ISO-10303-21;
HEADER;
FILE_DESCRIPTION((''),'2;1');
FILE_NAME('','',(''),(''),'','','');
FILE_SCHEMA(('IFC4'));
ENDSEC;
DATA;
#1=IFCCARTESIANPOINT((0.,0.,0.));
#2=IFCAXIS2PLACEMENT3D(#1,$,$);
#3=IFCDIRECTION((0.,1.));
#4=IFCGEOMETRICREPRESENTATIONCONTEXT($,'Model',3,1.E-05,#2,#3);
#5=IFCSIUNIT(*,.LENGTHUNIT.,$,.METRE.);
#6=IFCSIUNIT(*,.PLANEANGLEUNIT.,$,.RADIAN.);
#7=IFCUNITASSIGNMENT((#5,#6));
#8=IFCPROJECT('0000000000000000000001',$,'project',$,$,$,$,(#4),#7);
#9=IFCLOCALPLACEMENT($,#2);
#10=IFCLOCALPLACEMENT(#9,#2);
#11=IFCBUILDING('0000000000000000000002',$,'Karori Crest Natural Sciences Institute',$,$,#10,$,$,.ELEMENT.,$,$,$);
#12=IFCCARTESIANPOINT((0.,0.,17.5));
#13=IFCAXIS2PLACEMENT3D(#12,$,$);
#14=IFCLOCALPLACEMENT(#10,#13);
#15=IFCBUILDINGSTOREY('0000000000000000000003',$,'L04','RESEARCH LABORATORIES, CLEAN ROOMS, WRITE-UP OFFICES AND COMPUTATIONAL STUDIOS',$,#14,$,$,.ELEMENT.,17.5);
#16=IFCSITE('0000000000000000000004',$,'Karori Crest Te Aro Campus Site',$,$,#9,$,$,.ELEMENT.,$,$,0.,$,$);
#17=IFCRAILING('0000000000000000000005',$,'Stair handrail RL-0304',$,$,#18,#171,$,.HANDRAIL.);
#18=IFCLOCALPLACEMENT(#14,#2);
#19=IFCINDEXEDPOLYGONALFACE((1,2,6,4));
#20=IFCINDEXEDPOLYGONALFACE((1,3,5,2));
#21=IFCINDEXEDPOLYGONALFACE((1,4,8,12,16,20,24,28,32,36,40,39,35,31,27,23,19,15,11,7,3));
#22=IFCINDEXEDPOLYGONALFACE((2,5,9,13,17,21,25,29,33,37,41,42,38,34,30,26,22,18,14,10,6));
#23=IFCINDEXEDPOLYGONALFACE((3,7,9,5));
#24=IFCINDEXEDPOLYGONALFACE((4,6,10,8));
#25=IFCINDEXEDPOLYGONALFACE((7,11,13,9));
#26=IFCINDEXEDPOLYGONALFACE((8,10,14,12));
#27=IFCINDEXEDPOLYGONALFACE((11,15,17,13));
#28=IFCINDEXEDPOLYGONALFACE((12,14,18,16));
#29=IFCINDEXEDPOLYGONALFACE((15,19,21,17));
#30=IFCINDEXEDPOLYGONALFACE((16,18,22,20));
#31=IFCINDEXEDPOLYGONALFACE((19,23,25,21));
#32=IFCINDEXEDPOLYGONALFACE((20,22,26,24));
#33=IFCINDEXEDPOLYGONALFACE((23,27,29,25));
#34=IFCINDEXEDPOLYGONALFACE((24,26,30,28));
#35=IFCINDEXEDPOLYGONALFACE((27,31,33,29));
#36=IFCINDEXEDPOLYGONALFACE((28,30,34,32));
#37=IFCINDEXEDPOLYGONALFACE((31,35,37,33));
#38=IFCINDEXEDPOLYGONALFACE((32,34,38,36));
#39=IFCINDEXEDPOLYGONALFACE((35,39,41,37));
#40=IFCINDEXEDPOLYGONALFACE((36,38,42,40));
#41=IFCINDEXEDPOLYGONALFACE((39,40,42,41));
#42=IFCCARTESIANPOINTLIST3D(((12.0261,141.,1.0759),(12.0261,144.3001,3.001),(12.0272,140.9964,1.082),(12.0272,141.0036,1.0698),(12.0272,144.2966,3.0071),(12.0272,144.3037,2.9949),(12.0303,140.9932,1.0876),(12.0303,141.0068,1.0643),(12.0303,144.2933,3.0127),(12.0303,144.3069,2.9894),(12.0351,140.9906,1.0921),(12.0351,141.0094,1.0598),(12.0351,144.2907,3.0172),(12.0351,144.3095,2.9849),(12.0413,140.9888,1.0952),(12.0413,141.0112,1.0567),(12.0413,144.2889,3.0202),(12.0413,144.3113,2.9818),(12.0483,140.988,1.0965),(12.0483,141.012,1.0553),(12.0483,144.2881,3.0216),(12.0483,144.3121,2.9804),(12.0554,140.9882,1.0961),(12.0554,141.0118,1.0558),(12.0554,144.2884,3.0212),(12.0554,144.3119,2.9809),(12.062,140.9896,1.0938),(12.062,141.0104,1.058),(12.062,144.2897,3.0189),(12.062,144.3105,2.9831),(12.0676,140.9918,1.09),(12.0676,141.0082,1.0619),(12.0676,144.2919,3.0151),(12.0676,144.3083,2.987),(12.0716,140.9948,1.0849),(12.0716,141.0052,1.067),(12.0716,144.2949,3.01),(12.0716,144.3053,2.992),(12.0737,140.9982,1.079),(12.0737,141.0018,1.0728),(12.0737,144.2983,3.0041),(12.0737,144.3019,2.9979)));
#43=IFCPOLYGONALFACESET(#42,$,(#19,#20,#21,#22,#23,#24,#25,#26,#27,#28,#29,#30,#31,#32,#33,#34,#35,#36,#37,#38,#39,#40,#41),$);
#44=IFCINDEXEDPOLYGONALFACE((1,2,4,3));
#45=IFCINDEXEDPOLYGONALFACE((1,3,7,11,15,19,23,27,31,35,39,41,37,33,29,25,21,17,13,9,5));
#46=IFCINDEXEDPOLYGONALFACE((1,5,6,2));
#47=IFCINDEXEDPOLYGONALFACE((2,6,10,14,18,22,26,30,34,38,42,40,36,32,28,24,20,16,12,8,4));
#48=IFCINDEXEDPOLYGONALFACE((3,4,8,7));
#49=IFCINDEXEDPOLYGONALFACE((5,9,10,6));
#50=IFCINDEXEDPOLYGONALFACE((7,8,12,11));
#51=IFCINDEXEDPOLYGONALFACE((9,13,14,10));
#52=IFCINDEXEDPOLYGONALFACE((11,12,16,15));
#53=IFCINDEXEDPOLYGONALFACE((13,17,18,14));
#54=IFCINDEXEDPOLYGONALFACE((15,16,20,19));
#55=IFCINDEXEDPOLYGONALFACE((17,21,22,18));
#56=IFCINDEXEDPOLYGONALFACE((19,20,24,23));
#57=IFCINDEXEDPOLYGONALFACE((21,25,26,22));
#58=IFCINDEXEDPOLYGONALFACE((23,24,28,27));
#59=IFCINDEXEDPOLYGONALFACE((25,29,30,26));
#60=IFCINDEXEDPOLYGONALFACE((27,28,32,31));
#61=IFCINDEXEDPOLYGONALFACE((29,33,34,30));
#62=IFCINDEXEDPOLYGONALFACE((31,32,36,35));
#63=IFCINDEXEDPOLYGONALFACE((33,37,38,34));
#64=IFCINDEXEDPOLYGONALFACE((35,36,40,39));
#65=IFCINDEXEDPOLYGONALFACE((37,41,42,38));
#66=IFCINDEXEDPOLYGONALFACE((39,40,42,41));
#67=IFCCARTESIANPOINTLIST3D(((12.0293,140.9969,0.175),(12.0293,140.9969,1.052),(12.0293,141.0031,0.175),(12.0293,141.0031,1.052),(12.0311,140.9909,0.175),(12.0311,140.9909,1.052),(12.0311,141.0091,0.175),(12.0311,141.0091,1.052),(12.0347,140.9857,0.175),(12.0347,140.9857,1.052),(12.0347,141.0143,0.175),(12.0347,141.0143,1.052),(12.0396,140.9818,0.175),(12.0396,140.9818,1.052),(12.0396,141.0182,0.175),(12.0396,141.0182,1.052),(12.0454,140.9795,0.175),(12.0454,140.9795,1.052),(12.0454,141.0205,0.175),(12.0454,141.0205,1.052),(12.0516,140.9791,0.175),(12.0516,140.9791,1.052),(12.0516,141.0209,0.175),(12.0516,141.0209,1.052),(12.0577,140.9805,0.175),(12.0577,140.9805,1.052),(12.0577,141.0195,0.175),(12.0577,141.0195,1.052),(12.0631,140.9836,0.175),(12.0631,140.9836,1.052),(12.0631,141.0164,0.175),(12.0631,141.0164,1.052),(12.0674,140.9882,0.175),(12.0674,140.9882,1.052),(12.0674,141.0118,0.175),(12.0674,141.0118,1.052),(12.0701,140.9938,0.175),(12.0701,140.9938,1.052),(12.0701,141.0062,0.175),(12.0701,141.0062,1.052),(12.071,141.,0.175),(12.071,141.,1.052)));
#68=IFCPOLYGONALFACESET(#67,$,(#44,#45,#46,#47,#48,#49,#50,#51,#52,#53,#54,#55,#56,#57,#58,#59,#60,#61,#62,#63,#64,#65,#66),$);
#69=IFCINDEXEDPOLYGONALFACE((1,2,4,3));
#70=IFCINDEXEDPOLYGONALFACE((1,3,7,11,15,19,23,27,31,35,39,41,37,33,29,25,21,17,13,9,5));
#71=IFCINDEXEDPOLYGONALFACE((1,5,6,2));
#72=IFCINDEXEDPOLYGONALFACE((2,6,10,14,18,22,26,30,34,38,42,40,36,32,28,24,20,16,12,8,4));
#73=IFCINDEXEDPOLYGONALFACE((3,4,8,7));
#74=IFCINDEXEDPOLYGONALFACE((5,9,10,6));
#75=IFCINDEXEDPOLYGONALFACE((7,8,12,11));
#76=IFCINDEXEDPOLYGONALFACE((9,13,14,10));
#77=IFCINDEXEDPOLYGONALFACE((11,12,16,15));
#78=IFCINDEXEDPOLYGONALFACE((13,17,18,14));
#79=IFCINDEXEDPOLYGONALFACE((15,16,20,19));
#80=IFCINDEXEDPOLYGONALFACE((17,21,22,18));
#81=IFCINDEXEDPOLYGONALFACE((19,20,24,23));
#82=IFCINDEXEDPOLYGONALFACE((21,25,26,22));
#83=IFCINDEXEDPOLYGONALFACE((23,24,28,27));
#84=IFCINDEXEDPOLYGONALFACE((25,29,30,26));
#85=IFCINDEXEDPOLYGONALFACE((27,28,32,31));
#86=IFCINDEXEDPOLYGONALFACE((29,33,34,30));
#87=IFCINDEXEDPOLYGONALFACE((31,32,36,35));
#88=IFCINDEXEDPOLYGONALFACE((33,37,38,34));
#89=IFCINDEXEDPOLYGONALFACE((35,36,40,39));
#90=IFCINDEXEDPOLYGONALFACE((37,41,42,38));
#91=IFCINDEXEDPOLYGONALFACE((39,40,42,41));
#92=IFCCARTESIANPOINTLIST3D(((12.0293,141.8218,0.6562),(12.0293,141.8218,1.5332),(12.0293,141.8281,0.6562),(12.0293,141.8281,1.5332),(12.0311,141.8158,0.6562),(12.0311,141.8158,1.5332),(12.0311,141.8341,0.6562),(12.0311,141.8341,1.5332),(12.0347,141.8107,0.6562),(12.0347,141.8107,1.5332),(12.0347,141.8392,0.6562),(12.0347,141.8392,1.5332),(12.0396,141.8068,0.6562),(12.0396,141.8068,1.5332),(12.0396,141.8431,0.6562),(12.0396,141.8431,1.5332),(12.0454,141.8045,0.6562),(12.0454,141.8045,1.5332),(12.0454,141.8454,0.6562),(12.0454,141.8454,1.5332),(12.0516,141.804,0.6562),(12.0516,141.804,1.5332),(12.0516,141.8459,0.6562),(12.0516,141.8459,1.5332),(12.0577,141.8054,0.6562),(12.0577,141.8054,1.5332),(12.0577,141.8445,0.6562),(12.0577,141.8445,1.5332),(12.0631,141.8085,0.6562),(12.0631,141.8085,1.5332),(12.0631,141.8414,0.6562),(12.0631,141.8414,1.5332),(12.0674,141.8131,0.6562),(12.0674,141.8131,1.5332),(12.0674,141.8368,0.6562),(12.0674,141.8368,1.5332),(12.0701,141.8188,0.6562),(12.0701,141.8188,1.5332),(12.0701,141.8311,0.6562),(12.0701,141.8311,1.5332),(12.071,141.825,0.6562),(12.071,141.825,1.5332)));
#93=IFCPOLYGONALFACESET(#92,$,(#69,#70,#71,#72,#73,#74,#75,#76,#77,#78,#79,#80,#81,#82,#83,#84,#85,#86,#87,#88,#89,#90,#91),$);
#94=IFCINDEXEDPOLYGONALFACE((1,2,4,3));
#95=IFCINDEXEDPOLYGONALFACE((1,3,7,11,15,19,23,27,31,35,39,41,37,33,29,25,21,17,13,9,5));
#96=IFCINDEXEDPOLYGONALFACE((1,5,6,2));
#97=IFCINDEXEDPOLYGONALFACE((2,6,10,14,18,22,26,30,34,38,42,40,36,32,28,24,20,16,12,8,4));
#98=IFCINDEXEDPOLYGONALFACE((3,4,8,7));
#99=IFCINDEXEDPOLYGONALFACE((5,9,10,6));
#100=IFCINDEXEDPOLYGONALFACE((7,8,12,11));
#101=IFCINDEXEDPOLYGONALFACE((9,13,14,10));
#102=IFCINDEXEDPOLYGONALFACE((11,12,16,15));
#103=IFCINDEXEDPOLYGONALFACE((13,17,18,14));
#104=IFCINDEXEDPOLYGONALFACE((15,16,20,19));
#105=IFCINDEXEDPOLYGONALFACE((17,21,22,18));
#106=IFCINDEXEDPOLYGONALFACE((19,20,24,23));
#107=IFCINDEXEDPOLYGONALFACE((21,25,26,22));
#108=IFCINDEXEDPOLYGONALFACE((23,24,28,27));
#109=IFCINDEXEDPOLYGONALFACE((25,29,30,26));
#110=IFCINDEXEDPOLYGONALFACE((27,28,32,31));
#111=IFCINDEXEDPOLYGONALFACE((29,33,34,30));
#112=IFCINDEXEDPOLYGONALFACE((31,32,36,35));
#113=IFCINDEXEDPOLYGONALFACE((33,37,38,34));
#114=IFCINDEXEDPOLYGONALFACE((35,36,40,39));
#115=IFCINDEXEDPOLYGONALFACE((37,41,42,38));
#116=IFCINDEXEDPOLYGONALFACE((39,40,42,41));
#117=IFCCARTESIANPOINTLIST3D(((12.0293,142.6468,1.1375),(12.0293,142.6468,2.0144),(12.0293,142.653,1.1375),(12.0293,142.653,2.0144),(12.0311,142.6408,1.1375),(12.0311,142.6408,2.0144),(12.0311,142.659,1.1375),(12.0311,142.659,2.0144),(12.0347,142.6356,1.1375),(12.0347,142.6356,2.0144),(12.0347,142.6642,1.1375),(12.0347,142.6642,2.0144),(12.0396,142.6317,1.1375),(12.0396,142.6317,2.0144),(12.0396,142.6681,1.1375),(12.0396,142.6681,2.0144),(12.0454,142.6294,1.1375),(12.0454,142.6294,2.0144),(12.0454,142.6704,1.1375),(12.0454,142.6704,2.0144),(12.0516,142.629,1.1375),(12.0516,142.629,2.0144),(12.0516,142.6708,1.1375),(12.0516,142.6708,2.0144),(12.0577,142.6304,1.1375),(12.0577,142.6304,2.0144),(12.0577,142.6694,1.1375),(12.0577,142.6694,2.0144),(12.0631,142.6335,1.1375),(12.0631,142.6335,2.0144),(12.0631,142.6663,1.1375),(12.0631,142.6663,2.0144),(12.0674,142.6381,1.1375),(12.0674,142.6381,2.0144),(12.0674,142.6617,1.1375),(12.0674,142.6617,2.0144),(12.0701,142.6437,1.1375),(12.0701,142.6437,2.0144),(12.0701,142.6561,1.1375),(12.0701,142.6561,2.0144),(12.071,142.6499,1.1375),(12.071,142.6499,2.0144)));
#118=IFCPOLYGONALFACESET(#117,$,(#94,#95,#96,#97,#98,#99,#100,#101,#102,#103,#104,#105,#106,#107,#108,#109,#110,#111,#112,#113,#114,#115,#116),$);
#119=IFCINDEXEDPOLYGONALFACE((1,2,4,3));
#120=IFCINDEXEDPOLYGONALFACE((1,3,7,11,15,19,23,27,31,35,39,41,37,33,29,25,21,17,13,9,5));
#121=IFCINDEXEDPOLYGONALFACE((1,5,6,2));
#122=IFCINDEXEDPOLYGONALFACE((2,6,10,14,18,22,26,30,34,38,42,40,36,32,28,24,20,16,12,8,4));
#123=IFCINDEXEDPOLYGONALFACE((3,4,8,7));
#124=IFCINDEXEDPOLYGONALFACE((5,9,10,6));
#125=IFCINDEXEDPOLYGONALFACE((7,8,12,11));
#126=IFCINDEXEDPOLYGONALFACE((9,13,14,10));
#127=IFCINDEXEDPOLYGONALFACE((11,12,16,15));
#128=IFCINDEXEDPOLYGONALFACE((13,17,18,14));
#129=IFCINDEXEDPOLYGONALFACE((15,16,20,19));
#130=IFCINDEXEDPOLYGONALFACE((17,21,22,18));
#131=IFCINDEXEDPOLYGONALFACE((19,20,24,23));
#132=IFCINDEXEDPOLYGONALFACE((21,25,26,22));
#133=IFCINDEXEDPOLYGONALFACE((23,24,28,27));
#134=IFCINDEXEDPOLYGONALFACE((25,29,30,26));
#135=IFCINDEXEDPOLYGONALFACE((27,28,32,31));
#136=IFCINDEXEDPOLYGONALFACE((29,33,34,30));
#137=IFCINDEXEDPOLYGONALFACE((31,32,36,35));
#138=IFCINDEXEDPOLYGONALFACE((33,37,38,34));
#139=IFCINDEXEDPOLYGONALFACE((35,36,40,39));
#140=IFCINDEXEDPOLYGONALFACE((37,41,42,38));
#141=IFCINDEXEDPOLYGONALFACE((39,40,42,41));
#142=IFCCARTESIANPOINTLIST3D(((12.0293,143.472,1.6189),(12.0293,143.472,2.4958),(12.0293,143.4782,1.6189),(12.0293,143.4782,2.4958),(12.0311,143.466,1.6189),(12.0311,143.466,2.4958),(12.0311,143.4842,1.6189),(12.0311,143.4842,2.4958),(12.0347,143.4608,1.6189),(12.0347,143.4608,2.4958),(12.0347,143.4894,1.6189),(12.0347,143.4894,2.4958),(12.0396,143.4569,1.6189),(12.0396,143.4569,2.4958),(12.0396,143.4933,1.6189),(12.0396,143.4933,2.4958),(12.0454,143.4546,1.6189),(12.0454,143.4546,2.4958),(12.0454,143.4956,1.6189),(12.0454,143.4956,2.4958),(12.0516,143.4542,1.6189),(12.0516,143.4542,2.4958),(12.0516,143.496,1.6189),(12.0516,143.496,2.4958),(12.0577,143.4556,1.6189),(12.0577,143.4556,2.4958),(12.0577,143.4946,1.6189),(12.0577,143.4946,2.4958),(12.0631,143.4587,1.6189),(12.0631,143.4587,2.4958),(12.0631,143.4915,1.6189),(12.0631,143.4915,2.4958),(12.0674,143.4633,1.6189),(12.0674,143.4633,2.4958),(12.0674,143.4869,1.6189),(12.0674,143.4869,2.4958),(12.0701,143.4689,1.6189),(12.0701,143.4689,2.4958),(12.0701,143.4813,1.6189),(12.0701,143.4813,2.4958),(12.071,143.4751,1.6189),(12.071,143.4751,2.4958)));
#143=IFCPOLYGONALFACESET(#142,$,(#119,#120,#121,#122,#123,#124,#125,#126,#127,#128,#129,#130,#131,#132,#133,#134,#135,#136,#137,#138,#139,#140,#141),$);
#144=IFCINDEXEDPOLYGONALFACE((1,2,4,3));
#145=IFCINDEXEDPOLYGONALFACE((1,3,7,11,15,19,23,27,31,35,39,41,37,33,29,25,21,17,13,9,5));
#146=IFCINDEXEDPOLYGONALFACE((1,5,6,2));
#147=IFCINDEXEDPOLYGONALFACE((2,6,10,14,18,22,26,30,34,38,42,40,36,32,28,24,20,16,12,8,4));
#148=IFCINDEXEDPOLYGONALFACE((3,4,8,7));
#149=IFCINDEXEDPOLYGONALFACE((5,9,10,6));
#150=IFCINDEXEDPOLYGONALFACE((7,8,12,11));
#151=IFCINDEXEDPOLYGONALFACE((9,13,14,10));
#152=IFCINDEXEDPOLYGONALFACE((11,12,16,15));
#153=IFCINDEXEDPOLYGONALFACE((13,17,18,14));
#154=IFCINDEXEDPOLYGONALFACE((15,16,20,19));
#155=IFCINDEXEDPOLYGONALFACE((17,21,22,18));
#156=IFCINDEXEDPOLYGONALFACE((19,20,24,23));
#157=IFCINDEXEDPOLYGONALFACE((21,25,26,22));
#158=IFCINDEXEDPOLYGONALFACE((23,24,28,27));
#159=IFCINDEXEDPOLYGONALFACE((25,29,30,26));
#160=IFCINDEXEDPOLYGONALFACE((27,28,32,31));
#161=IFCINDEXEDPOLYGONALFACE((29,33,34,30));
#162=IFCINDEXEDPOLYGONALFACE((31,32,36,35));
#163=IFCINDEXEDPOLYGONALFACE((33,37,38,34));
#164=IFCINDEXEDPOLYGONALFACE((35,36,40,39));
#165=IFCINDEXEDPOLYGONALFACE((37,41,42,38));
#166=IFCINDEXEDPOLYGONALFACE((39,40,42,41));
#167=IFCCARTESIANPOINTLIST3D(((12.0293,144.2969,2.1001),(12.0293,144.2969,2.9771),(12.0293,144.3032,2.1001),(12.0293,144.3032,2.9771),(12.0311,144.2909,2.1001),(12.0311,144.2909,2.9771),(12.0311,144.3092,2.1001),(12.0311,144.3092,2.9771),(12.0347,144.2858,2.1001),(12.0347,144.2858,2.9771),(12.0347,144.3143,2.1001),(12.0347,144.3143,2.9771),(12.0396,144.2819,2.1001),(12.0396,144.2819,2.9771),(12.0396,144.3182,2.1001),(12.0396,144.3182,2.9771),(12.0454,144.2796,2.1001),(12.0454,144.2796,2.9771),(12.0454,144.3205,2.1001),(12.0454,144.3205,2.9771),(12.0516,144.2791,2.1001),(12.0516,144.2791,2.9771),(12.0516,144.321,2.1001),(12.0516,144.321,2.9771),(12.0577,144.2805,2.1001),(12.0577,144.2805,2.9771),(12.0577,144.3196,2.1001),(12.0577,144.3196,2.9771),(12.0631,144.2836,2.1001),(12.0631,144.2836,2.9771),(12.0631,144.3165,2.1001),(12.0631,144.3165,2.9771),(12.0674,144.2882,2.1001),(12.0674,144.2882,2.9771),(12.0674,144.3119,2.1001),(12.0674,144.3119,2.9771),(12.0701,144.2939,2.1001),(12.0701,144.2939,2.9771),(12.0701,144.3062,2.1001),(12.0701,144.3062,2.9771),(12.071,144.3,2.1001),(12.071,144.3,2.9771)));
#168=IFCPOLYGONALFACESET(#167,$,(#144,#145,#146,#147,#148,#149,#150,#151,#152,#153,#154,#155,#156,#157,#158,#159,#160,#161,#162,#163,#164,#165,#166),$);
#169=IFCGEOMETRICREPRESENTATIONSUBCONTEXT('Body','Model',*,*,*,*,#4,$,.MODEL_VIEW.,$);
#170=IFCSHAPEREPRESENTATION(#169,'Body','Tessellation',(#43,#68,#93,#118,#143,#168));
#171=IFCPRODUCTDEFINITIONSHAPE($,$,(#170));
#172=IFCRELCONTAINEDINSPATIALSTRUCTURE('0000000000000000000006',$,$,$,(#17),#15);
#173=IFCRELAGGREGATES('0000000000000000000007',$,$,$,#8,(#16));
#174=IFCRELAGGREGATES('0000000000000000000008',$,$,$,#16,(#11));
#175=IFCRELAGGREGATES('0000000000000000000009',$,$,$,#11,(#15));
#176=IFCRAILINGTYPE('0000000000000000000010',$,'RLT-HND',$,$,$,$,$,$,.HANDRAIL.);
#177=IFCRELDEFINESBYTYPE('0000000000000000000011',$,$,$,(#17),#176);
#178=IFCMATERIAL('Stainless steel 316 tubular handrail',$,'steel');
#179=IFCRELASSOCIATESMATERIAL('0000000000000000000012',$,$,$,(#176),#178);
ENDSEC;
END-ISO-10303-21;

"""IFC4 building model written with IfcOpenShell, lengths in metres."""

from ifc_helpers import new_model, si_unit, direction, frame, origin, origin_2d, place, context, subcontext, project, spatial, circle, extrude, material, type_object, element, save


model = new_model("IFC4")

# Units and contexts
model_context = context("Model", 3, precision=1e-05, world=origin(), true_north=direction((0.0, 1.0)))
body_context = subcontext(model_context, "Body", "Model", "MODEL_VIEW")
ifc_project = project(units=[si_unit("LENGTHUNIT", "METRE"), si_unit("PLANEANGLEUNIT", "RADIAN")], contexts=[model_context])

# Site, building, storey
site_placement = place(None, origin())
site = spatial("IfcSite", under=ifc_project, at=site_placement, Name="Karori Crest Te Aro Campus Site", CompositionType="ELEMENT", RefElevation=0.0)
building_placement = place(site_placement, origin())
building = spatial("IfcBuilding", under=site, at=building_placement, Name="Karori Crest Natural Sciences Institute", CompositionType="ELEMENT")
storey_placement = place(building_placement, frame((0.0, 0.0, 17.5)))
storey = spatial("IfcBuildingStorey", under=building, at=storey_placement, Name="L04", Description="RESEARCH LABORATORIES, CLEAN ROOMS, WRITE-UP OFFICES AND COMPUTATIONAL STUDIOS", CompositionType="ELEMENT", Elevation=17.5)

# Railing
ifc_material_1 = material(Name="Stainless steel 316 tubular handrail", Category="steel")
railing_type_1 = type_object("IfcRailingType", Name="RLT-HND", PredefinedType="HANDRAIL", material=ifc_material_1)
railing_1_placement = place(storey_placement, frame((12.05, 141.0, 0.175)))
element("IfcRailing", 1, at=railing_1_placement, inside=storey, type_object=railing_type_1, Name="Stair handrail RL-0304", PredefinedType="HANDRAIL", context=body_context, shape_type="SweptSolid", body=[
    extrude(circle(Radius=0.0239, at=origin_2d()), frame((0.0, 0.0, 0.9009), z_axis=(0.0, 0.863777, 0.503875), x_axis=(-1.0, 0.0, 0.0)), (0.0, 0.0, 1.0), 3.8206),
    extrude(circle(Radius=0.021, at=origin_2d()), origin(), (0.0, 0.0, 1.0), 0.877),
    extrude(circle(Radius=0.021, at=origin_2d()), frame((0.0, 0.825, 0.4812)), (0.0, 0.0, 1.0), 0.877),
    extrude(circle(Radius=0.021, at=origin_2d()), frame((0.0, 1.6499, 0.9624)), (0.0, 0.0, 1.0), 0.877),
    extrude(circle(Radius=0.021, at=origin_2d()), frame((0.0, 2.4751, 1.4438)), (0.0, 0.0, 1.0), 0.877),
    extrude(circle(Radius=0.021, at=origin_2d()), frame((0.0, 3.3, 1.925)), (0.0, 0.0, 1.0), 0.877),
])

save(model, "model.ifc")
